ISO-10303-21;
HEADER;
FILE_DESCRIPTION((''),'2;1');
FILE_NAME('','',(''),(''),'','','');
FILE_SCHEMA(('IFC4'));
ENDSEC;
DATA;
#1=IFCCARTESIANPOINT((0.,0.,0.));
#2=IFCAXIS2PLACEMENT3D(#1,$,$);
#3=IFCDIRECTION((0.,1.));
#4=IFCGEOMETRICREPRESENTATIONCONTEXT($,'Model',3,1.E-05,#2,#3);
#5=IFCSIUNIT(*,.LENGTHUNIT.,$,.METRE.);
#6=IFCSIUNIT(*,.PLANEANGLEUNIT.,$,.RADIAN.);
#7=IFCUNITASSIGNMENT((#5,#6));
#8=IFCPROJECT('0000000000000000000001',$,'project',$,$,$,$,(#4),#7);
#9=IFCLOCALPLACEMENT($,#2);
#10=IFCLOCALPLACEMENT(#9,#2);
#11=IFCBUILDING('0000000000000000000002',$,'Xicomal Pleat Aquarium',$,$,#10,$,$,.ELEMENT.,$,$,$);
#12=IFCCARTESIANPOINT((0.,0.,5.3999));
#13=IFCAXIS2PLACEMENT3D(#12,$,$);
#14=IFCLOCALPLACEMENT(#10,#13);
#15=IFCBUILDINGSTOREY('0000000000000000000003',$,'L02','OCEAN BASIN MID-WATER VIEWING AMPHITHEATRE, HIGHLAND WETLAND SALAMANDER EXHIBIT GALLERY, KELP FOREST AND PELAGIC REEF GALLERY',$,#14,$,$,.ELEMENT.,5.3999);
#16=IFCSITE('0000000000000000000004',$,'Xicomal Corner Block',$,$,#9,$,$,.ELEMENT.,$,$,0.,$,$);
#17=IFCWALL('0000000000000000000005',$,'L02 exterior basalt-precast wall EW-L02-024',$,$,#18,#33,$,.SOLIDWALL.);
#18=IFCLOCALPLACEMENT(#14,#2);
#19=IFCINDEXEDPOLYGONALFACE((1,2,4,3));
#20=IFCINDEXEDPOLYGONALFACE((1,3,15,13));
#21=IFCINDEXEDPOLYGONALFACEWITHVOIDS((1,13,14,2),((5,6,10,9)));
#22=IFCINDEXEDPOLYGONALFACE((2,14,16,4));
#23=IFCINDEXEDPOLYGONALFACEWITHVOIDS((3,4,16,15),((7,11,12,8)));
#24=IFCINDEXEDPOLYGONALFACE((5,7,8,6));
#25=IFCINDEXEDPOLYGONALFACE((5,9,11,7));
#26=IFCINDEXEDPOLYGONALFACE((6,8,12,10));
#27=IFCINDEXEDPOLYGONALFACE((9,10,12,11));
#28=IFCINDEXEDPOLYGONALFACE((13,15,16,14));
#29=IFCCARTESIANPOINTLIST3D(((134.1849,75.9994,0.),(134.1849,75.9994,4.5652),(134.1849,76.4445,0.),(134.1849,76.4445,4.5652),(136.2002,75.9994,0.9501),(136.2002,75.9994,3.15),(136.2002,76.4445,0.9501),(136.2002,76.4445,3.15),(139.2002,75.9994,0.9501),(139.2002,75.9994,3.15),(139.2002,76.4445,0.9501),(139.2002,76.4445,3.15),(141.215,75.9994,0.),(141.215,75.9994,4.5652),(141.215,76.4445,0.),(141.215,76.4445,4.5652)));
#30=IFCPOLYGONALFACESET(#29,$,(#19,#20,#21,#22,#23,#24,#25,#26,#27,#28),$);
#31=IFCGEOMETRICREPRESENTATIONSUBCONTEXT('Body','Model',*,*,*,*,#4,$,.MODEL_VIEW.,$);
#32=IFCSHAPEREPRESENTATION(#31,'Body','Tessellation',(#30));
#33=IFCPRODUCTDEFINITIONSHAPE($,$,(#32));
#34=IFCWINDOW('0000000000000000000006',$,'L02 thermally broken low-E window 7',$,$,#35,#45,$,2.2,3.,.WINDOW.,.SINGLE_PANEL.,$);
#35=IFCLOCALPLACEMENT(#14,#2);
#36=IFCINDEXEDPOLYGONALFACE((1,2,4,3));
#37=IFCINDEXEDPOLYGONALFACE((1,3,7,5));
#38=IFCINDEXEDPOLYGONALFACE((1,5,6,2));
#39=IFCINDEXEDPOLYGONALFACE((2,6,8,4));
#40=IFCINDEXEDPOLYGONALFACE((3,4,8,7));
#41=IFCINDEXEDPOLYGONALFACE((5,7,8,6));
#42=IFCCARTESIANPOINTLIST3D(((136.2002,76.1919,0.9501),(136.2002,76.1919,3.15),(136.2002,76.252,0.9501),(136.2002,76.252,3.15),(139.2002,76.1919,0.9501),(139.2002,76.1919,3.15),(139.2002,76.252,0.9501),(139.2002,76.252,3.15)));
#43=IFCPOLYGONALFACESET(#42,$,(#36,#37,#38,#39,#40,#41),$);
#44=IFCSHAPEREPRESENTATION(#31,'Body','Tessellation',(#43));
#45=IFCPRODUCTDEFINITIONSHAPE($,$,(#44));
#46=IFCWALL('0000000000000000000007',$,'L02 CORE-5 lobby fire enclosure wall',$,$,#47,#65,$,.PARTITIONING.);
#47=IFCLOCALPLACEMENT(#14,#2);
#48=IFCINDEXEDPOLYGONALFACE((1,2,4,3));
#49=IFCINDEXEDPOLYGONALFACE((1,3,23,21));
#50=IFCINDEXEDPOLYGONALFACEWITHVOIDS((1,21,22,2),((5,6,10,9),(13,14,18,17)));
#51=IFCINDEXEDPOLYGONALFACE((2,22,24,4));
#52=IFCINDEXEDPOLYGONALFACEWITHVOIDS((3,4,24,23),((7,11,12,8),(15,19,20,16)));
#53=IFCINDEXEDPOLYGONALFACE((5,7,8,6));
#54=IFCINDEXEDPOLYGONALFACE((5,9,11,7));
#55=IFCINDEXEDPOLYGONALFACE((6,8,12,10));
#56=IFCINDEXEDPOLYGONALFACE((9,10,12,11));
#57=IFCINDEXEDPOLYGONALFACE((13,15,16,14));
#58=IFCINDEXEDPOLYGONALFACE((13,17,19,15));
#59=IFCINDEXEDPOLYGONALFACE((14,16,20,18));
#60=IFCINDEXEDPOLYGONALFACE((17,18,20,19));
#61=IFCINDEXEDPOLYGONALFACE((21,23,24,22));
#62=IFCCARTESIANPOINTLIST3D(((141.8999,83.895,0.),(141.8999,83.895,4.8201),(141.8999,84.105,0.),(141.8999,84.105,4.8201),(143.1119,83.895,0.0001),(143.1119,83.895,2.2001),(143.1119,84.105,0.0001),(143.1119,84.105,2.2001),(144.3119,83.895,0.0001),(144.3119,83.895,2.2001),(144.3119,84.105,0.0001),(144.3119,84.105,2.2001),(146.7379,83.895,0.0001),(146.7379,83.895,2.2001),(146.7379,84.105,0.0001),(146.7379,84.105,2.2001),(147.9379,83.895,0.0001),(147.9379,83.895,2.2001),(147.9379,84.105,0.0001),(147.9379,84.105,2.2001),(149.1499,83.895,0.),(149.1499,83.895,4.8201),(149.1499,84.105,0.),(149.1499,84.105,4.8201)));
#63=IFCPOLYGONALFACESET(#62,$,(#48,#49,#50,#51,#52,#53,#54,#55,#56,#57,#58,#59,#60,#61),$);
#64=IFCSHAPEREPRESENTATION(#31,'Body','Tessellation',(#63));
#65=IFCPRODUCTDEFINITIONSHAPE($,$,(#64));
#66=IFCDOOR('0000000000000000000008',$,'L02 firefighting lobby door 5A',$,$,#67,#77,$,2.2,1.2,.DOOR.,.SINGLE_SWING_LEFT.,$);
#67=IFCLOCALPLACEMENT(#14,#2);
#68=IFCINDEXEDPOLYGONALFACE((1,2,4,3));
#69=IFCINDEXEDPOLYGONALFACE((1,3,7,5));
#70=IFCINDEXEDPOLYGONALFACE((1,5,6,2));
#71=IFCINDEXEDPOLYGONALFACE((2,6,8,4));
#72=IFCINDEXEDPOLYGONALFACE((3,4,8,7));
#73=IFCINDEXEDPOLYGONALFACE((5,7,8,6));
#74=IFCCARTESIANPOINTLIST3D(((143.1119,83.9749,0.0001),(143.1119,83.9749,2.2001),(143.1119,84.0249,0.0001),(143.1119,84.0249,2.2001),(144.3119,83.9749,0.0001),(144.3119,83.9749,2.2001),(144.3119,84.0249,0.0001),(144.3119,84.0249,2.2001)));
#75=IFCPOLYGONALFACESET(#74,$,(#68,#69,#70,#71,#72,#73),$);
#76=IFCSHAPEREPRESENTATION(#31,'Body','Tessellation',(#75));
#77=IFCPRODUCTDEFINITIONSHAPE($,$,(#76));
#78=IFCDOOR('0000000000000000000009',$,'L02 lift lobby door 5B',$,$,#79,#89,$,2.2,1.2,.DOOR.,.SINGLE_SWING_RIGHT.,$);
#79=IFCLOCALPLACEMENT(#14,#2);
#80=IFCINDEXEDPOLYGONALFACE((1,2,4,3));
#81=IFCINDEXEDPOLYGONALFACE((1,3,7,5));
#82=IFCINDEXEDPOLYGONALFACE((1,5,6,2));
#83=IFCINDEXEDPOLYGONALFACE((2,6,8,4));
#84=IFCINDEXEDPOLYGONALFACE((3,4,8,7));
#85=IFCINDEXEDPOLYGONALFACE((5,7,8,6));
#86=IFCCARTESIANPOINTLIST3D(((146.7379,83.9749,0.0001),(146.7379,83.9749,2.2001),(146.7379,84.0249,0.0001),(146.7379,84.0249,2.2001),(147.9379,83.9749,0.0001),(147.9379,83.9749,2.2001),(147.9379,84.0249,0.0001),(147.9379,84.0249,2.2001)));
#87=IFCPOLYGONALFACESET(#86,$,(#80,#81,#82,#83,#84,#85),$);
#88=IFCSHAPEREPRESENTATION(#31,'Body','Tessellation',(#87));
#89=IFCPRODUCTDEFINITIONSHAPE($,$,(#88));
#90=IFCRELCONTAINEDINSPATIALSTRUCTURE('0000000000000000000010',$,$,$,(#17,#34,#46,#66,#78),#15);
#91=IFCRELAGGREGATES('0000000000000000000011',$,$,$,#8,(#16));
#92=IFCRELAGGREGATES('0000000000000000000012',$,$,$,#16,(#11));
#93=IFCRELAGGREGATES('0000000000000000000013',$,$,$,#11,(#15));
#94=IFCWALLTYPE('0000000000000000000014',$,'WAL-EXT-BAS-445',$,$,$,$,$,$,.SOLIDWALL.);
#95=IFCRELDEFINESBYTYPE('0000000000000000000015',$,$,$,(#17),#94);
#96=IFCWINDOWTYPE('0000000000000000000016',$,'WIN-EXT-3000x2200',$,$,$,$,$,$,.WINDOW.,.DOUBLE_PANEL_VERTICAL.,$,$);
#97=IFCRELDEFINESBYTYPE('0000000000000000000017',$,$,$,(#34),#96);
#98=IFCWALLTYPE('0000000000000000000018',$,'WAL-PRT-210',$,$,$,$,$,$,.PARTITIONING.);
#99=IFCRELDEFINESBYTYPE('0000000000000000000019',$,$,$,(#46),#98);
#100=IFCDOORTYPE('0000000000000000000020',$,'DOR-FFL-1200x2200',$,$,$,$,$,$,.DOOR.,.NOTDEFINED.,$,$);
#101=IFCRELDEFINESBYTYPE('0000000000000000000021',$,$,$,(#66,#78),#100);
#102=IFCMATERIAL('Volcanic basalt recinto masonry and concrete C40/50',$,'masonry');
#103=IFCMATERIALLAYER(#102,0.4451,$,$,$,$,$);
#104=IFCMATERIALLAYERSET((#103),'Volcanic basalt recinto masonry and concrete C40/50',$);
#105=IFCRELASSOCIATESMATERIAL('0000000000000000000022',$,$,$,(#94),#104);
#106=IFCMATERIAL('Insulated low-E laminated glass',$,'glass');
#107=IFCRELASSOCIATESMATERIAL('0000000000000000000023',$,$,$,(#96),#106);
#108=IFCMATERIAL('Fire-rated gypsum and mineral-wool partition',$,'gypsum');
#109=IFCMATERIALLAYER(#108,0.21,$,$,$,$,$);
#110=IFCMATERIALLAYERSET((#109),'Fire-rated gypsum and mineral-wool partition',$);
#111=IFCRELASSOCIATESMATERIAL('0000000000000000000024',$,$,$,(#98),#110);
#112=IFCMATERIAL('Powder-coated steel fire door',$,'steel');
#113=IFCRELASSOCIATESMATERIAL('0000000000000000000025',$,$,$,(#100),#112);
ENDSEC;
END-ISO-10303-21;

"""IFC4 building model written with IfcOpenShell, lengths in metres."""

from ifc_helpers import new_model, si_unit, direction, frame, frame_2d, origin, place, context, subcontext, project, spatial, rectangle, extrude, material, layer, layer_set, type_object, element, fill, save


model = new_model("IFC4")

# Units and contexts
model_context = context("Model", 3, precision=1e-05, world=origin(), true_north=direction((0.0, 1.0)))
body_context = subcontext(model_context, "Body", "Model", "MODEL_VIEW")
ifc_project = project(units=[si_unit("LENGTHUNIT", "METRE"), si_unit("PLANEANGLEUNIT", "RADIAN")], contexts=[model_context])

# Site, building, storey
site_placement = place(None, origin())
site = spatial("IfcSite", under=ifc_project, at=site_placement, Name="Xicomal Corner Block", CompositionType="ELEMENT", RefElevation=0.0)
building_placement = place(site_placement, origin())
building = spatial("IfcBuilding", under=site, at=building_placement, Name="Xicomal Pleat Aquarium", CompositionType="ELEMENT")
storey_placement = place(building_placement, frame((0.0, 0.0, 5.3999)))
storey = spatial("IfcBuildingStorey", under=building, at=storey_placement, Name="L02", Description="OCEAN BASIN MID-WATER VIEWING AMPHITHEATRE, HIGHLAND WETLAND SALAMANDER EXHIBIT GALLERY, KELP FOREST AND PELAGIC REEF GALLERY", CompositionType="ELEMENT", Elevation=5.3999)

# Wall, opening, window
ifc_material_1 = material(Name="Volcanic basalt recinto masonry and concrete C40/50", Category="masonry")
ifc_layer_1 = layer(ifc_material_1, 0.4451)
ifc_layer_set_1 = layer_set([ifc_layer_1], Name="Volcanic basalt recinto masonry and concrete C40/50")
wall_type_1 = type_object("IfcWallType", Name="WAL-EXT-BAS-445", PredefinedType="SOLIDWALL", material=ifc_layer_set_1)
wall_1_placement = place(storey_placement, frame((141.2151, 76.2219, 0.0), z_axis=(0.0, 0.0, 1.0), x_axis=(-1.0, 0.0, 0.0)))
wall_1 = element("IfcWall", 1, at=wall_1_placement, inside=storey, type_object=wall_type_1, Name="L02 exterior basalt-precast wall EW-L02-024", PredefinedType="SOLIDWALL", context=body_context, shape_type="SweptSolid", body=[
    extrude(rectangle(XDim=7.03, YDim=0.4451, at=frame_2d((3.5151, 0.0))), origin(), (0.0, 0.0, 1.0), 4.5652),
])
opening_1_placement = place(wall_1_placement, frame((2.0149, 0.0, 0.95)))
opening_1 = element("IfcOpeningElement", 2, at=opening_1_placement, cuts=wall_1, PredefinedType="OPENING", context=body_context, shape_type="SweptSolid", body=[
    extrude(rectangle(XDim=3.0, YDim=2.2, at=frame_2d((1.5, 1.1001))), frame((0.0, 0.2324, 0.0), z_axis=(0.0, -1.0, 0.0), x_axis=(1.0, 0.0, 0.0)), (0.0, 0.0, 1.0), 0.4651),
])
ifc_material_2 = material(Name="Insulated low-E laminated glass", Category="glass")
window_type = type_object("IfcWindowType", Name="WIN-EXT-3000x2200", PartitioningType="DOUBLE_PANEL_VERTICAL", PredefinedType="WINDOW", material=ifc_material_2)
window_placement = place(opening_1_placement, origin())
window = element("IfcWindow", 3, at=window_placement, inside=storey, type_object=window_type, Name="L02 thermally broken low-E window 7", OverallHeight=2.2, OverallWidth=3.0, PartitioningType="SINGLE_PANEL", PredefinedType="WINDOW", context=body_context, shape_type="SweptSolid", body=[
    extrude(rectangle(XDim=3.0, YDim=2.2, at=frame_2d((1.5, 1.1001))), frame((0.0, 0.03, 0.0), z_axis=(0.0, -1.0, 0.0), x_axis=(1.0, 0.0, 0.0)), (0.0, 0.0, 1.0), 0.0601),
])
fill(opening_1, window)

# Wall, openings, doors
ifc_material_3 = material(Name="Fire-rated gypsum and mineral-wool partition", Category="gypsum")
ifc_layer_2 = layer(ifc_material_3, 0.21)
ifc_layer_set_2 = layer_set([ifc_layer_2], Name="Fire-rated gypsum and mineral-wool partition")
wall_type_2 = type_object("IfcWallType", Name="WAL-PRT-210", PredefinedType="PARTITIONING", material=ifc_layer_set_2)
wall_2_placement = place(storey_placement, frame((141.8999, 84.0, 0.0), z_axis=(0.0, 0.0, 1.0), x_axis=(1.0, 0.0, 0.0)))
wall_2 = element("IfcWall", 4, at=wall_2_placement, inside=storey, type_object=wall_type_2, Name="L02 CORE-5 lobby fire enclosure wall", PredefinedType="PARTITIONING", context=body_context, shape_type="SweptSolid", body=[
    extrude(rectangle(XDim=7.25, YDim=0.21, at=frame_2d((3.625, 0.0))), origin(), (0.0, 0.0, 1.0), 4.8201),
])
opening_2_placement = place(wall_2_placement, frame((1.2119, 0.0, 0.0)))
opening_2 = element("IfcOpeningElement", 5, at=opening_2_placement, cuts=wall_2, PredefinedType="OPENING", context=body_context, shape_type="SweptSolid", body=[
    extrude(rectangle(XDim=1.2, YDim=2.2, at=frame_2d((0.6001, 1.1001))), frame((0.0, 0.115, 0.0), z_axis=(0.0, -1.0, 0.0), x_axis=(1.0, 0.0, 0.0)), (0.0, 0.0, 1.0), 0.23),
])
opening_3_placement = place(wall_2_placement, frame((4.8379, 0.0, 0.0)))
opening_3 = element("IfcOpeningElement", 6, at=opening_3_placement, cuts=wall_2, PredefinedType="OPENING", context=body_context, shape_type="SweptSolid", body=[
    extrude(rectangle(XDim=1.2, YDim=2.2, at=frame_2d((0.6001, 1.1001))), frame((0.0, 0.115, 0.0), z_axis=(0.0, -1.0, 0.0), x_axis=(1.0, 0.0, 0.0)), (0.0, 0.0, 1.0), 0.23),
])
ifc_material_4 = material(Name="Powder-coated steel fire door", Category="steel")
door_type_1 = type_object("IfcDoorType", Name="DOR-FFL-1200x2200", OperationType="NOTDEFINED", PredefinedType="DOOR", material=ifc_material_4)
door_1_placement = place(opening_2_placement, origin())
door_1 = element("IfcDoor", 7, at=door_1_placement, inside=storey, type_object=door_type_1, Name="L02 firefighting lobby door 5A", OperationType="SINGLE_SWING_LEFT", OverallHeight=2.2, OverallWidth=1.2, PredefinedType="DOOR", context=body_context, shape_type="SweptSolid", body=[
    extrude(rectangle(XDim=1.2, YDim=2.2, at=frame_2d((0.6001, 1.1001))), frame((0.0, 0.0249, 0.0), z_axis=(0.0, -1.0, 0.0), x_axis=(1.0, 0.0, 0.0)), (0.0, 0.0, 1.0), 0.05),
])
fill(opening_2, door_1)
door_2_placement = place(opening_3_placement, origin())
door_2 = element("IfcDoor", 8, at=door_2_placement, inside=storey, type_object=door_type_1, Name="L02 lift lobby door 5B", OperationType="SINGLE_SWING_RIGHT", OverallHeight=2.2, OverallWidth=1.2, PredefinedType="DOOR", context=body_context, shape_type="SweptSolid", body=[
    extrude(rectangle(XDim=1.2, YDim=2.2, at=frame_2d((0.6001, 1.1001))), frame((0.0, 0.0249, 0.0), z_axis=(0.0, -1.0, 0.0), x_axis=(1.0, 0.0, 0.0)), (0.0, 0.0, 1.0), 0.05),
])
fill(opening_3, door_2)

save(model, "model.ifc")
